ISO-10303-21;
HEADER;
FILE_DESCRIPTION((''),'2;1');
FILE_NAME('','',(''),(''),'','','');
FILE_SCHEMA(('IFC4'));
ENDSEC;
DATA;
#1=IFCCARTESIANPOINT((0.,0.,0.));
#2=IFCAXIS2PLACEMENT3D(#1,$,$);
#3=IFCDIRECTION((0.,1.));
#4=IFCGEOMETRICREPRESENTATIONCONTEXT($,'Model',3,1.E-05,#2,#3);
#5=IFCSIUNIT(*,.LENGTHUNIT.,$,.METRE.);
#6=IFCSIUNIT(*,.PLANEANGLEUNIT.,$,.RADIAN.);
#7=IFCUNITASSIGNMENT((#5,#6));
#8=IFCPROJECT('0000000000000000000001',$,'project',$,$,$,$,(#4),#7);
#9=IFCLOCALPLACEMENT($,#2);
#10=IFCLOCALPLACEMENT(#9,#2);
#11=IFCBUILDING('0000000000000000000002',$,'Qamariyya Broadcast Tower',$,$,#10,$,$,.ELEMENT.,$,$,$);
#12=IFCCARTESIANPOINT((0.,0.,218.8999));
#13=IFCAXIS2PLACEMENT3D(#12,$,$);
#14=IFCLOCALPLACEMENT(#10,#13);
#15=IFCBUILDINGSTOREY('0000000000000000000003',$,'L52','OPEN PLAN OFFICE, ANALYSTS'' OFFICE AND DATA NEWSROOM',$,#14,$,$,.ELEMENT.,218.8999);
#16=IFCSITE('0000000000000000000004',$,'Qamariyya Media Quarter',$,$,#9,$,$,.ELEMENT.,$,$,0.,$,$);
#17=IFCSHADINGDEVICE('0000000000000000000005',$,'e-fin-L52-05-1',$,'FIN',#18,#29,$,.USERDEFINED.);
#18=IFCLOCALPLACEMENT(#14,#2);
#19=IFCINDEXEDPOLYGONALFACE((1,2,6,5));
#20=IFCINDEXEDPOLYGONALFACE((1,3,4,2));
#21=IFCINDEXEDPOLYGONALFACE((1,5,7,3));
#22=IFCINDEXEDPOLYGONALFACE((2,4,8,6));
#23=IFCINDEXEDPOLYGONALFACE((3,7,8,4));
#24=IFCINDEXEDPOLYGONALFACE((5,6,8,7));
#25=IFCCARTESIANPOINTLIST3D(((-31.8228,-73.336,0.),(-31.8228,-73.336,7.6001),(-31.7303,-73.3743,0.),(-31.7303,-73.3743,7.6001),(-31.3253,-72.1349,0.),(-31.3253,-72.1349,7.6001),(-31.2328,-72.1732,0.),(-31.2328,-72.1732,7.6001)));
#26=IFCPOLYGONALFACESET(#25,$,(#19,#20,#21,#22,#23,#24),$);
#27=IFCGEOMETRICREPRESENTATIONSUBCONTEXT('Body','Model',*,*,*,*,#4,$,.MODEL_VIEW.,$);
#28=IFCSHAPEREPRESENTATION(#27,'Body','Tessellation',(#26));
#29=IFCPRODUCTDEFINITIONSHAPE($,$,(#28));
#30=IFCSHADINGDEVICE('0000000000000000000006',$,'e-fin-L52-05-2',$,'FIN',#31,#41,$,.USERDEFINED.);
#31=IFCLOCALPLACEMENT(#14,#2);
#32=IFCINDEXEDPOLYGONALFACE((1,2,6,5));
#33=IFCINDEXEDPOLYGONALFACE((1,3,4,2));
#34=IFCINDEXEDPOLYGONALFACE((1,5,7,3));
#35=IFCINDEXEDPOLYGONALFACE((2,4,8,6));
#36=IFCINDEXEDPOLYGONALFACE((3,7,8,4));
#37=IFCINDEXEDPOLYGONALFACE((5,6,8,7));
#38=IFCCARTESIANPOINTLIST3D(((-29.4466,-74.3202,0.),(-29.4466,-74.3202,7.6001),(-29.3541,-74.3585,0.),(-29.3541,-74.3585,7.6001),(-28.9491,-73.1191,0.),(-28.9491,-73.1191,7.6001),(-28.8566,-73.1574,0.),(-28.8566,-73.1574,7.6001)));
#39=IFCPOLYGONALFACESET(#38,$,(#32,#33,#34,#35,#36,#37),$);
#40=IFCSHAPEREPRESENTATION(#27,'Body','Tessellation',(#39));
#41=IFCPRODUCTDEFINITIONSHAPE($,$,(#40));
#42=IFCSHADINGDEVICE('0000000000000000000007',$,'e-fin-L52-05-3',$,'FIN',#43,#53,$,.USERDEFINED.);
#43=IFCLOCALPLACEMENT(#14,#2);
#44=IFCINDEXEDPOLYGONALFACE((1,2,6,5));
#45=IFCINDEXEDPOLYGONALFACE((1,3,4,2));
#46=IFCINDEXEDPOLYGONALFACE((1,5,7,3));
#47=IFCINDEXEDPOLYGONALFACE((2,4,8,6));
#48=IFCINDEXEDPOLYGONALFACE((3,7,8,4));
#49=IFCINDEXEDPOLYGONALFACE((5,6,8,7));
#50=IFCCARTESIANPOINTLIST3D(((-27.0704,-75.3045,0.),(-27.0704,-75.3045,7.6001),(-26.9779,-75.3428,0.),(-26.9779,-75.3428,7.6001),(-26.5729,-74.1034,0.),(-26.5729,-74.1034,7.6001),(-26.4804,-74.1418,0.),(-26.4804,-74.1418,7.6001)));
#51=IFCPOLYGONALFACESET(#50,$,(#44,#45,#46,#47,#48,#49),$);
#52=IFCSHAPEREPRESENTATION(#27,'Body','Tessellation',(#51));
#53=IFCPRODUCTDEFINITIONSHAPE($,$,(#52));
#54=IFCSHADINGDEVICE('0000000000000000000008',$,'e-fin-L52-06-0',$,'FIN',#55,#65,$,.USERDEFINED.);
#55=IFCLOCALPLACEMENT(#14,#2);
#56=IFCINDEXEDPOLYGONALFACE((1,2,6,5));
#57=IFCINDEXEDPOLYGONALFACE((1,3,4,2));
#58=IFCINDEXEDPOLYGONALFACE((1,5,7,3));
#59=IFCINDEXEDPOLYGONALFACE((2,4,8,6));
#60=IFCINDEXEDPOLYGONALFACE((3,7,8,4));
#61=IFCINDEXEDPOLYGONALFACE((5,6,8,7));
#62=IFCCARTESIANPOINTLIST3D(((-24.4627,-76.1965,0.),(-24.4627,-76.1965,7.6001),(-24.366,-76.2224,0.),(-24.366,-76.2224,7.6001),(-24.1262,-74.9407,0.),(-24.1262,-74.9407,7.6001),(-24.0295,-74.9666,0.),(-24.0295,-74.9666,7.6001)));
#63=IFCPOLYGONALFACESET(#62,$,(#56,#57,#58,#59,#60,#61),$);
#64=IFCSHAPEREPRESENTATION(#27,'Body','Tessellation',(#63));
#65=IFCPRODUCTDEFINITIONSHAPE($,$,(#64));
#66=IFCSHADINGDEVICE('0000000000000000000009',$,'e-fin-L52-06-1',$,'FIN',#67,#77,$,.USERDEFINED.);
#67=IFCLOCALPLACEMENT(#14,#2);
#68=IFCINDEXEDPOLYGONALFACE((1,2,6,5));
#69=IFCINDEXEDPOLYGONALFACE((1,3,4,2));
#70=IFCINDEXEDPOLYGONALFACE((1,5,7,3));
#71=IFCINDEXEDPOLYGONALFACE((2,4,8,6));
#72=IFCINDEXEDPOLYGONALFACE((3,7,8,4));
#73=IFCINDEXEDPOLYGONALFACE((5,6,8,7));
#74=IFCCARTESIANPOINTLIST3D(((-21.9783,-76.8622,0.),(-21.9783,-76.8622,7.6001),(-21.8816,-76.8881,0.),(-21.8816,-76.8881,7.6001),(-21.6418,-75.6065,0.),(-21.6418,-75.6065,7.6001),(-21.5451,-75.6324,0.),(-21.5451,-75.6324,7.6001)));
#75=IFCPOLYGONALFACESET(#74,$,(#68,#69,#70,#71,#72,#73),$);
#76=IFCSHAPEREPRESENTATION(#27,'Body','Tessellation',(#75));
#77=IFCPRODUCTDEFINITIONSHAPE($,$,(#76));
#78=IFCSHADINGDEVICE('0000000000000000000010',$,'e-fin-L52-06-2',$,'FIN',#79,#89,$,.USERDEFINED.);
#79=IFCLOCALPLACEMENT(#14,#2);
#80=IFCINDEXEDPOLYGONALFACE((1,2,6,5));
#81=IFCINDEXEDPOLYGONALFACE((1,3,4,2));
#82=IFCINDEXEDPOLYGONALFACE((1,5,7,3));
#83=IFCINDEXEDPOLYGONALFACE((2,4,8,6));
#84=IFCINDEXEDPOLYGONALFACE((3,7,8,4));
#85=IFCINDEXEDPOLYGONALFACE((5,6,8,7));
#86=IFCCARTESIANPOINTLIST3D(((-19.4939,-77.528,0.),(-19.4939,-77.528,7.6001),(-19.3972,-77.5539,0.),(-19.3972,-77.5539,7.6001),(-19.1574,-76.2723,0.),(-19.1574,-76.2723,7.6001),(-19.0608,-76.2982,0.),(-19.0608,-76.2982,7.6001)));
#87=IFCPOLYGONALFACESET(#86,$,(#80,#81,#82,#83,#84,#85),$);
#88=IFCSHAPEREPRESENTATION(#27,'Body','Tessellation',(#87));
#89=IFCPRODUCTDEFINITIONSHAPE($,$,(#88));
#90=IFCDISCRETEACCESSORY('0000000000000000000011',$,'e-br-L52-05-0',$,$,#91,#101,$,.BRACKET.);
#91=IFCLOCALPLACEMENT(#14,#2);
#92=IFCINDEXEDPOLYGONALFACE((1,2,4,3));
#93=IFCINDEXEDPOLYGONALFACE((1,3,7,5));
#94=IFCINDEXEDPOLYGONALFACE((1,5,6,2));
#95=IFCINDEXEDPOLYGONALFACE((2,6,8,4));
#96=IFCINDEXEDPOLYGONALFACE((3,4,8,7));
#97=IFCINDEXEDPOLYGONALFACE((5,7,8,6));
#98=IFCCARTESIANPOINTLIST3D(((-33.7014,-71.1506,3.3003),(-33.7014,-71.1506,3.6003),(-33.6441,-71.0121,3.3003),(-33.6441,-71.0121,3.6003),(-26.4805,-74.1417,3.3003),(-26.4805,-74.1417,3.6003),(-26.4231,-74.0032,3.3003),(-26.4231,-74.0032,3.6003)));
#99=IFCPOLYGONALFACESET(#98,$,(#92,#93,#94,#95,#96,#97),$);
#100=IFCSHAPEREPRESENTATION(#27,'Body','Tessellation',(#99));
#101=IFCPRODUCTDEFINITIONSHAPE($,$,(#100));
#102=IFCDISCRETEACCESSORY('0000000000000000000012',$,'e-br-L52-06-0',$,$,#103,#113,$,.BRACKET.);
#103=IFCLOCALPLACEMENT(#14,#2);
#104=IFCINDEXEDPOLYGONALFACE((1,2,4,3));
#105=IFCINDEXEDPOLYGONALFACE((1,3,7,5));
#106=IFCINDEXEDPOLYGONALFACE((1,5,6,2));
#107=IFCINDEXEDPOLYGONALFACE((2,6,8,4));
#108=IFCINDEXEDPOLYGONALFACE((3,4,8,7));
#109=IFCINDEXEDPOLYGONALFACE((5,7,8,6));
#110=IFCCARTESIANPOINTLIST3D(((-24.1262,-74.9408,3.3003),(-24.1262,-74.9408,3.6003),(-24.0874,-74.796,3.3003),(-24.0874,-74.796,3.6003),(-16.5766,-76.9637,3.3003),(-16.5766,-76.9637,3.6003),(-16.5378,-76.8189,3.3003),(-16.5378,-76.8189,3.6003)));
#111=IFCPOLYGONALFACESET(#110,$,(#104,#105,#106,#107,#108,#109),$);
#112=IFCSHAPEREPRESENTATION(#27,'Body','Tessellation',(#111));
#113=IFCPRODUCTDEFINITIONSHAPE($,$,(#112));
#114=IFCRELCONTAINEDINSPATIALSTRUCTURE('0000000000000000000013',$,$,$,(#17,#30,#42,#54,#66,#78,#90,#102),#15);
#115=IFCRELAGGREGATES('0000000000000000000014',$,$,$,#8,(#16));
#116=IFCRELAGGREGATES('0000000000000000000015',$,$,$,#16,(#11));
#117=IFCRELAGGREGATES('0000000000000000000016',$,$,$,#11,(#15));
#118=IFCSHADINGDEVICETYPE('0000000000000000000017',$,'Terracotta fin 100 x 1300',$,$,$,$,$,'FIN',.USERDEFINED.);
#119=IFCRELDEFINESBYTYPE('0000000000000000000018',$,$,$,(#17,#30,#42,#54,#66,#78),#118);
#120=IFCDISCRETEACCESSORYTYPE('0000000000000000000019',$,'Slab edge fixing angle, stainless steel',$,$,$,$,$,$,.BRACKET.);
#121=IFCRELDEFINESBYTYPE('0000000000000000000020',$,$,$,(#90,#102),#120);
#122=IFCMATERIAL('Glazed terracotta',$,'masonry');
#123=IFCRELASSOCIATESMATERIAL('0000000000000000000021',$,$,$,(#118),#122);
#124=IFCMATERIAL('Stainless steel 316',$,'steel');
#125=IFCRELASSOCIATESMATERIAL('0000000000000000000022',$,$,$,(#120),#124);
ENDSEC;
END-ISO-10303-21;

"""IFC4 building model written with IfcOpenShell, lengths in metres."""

from ifc_helpers import new_model, si_unit, direction, frame, origin, origin_2d, place, context, subcontext, project, spatial, rectangle, extrude, material, material_profile, profile_set, type_object, element, save


model = new_model("IFC4")

# Units and contexts
model_context = context("Model", 3, precision=1e-05, world=origin(), true_north=direction((0.0, 1.0)))
body_context = subcontext(model_context, "Body", "Model", "MODEL_VIEW")
ifc_project = project(units=[si_unit("LENGTHUNIT", "METRE"), si_unit("PLANEANGLEUNIT", "RADIAN")], contexts=[model_context])

# Site, building, storey
site_placement = place(None, origin())
site = spatial("IfcSite", under=ifc_project, at=site_placement, Name="Qamariyya Media Quarter", CompositionType="ELEMENT", RefElevation=0.0)
building_placement = place(site_placement, origin())
building = spatial("IfcBuilding", under=site, at=building_placement, Name="Qamariyya Broadcast Tower", CompositionType="ELEMENT")
storey_placement = place(building_placement, frame((0.0, 0.0, 218.8999)))
storey = spatial("IfcBuildingStorey", under=building, at=storey_placement, Name="L52", Description="OPEN PLAN OFFICE, ANALYSTS' OFFICE AND DATA NEWSROOM", CompositionType="ELEMENT", Elevation=218.8999)

# Shading devices
ifc_material_1 = material(Name="Glazed terracotta", Category="masonry")
ifc_material_profile_1 = material_profile(ifc_material_1, rectangle(XDim=1.3, YDim=0.1001, at=origin_2d()))
ifc_profile_set_1 = profile_set([ifc_material_profile_1], Name="Glazed terracotta")
shading_device_type_1 = type_object("IfcShadingDeviceType", Name="Terracotta fin 100 x 1300", ElementType="FIN", PredefinedType="USERDEFINED", material=ifc_profile_set_1)
for number, where, z_axis, x_axis, name in (
    (1, (-31.5278, -72.7546, 0.0), (0.0, 0.0, 1.0), (-0.382683, -0.92388, 0.0), "e-fin-L52-05-1"),
    (2, (-29.1516, -73.7388, 0.0), (0.0, 0.0, 1.0), (-0.382683, -0.92388, 0.0), "e-fin-L52-05-2"),
    (3, (-26.7754, -74.7231, 0.0), (0.0, 0.0, 1.0), (-0.382683, -0.92388, 0.0), "e-fin-L52-05-3"),
    (4, (-24.2461, -75.5815, 0.0), (0.0, 0.0, 1.0), (-0.258819, -0.965926, 0.0), "e-fin-L52-06-0"),
    (5, (-21.7617, -76.2473, 0.0), (0.0, 0.0, 1.0), (-0.258819, -0.965926, 0.0), "e-fin-L52-06-1"),
    (6, (-19.2773, -76.9131, 0.0), (0.0, 0.0, 1.0), (-0.258819, -0.965926, 0.0), "e-fin-L52-06-2"),
):
    element("IfcShadingDevice", number, at=place(storey_placement, frame(where, z_axis=z_axis, x_axis=x_axis)), inside=storey, type_object=shading_device_type_1, Name=name, ObjectType="FIN", PredefinedType="USERDEFINED", context=body_context, shape_type="SweptSolid", body=[
        extrude(rectangle(XDim=1.3, YDim=0.1001, at=origin_2d()), origin(), (0.0, 0.0, 1.0), 7.6001),
    ])

# Discrete accessories
ifc_material_2 = material(Name="Stainless steel 316", Category="steel")
discrete_accessory_type = type_object("IfcDiscreteAccessoryType", Name="Slab edge fixing angle, stainless steel", PredefinedType="BRACKET", material=ifc_material_2)
for number, where, z_axis, x_axis, name in (
    (7, (-30.0623, -72.5769, 3.3003), (0.0, 0.0, 1.0), (0.92388, -0.382683, 0.0), "e-br-L52-05-0"),
    (8, (-20.332, -75.8799, 3.3003), (0.0, 0.0, 1.0), (0.965926, -0.258819, 0.0), "e-br-L52-06-0"),
):
    element("IfcDiscreteAccessory", number, at=place(storey_placement, frame(where, z_axis=z_axis, x_axis=x_axis)), inside=storey, type_object=discrete_accessory_type, Name=name, PredefinedType="BRACKET", context=body_context, shape_type="SweptSolid", body=[
        extrude(rectangle(XDim=7.8159, YDim=0.1499, at=origin_2d()), origin(), (0.0, 0.0, 1.0), 0.3),
    ])

save(model, "model.ifc")
